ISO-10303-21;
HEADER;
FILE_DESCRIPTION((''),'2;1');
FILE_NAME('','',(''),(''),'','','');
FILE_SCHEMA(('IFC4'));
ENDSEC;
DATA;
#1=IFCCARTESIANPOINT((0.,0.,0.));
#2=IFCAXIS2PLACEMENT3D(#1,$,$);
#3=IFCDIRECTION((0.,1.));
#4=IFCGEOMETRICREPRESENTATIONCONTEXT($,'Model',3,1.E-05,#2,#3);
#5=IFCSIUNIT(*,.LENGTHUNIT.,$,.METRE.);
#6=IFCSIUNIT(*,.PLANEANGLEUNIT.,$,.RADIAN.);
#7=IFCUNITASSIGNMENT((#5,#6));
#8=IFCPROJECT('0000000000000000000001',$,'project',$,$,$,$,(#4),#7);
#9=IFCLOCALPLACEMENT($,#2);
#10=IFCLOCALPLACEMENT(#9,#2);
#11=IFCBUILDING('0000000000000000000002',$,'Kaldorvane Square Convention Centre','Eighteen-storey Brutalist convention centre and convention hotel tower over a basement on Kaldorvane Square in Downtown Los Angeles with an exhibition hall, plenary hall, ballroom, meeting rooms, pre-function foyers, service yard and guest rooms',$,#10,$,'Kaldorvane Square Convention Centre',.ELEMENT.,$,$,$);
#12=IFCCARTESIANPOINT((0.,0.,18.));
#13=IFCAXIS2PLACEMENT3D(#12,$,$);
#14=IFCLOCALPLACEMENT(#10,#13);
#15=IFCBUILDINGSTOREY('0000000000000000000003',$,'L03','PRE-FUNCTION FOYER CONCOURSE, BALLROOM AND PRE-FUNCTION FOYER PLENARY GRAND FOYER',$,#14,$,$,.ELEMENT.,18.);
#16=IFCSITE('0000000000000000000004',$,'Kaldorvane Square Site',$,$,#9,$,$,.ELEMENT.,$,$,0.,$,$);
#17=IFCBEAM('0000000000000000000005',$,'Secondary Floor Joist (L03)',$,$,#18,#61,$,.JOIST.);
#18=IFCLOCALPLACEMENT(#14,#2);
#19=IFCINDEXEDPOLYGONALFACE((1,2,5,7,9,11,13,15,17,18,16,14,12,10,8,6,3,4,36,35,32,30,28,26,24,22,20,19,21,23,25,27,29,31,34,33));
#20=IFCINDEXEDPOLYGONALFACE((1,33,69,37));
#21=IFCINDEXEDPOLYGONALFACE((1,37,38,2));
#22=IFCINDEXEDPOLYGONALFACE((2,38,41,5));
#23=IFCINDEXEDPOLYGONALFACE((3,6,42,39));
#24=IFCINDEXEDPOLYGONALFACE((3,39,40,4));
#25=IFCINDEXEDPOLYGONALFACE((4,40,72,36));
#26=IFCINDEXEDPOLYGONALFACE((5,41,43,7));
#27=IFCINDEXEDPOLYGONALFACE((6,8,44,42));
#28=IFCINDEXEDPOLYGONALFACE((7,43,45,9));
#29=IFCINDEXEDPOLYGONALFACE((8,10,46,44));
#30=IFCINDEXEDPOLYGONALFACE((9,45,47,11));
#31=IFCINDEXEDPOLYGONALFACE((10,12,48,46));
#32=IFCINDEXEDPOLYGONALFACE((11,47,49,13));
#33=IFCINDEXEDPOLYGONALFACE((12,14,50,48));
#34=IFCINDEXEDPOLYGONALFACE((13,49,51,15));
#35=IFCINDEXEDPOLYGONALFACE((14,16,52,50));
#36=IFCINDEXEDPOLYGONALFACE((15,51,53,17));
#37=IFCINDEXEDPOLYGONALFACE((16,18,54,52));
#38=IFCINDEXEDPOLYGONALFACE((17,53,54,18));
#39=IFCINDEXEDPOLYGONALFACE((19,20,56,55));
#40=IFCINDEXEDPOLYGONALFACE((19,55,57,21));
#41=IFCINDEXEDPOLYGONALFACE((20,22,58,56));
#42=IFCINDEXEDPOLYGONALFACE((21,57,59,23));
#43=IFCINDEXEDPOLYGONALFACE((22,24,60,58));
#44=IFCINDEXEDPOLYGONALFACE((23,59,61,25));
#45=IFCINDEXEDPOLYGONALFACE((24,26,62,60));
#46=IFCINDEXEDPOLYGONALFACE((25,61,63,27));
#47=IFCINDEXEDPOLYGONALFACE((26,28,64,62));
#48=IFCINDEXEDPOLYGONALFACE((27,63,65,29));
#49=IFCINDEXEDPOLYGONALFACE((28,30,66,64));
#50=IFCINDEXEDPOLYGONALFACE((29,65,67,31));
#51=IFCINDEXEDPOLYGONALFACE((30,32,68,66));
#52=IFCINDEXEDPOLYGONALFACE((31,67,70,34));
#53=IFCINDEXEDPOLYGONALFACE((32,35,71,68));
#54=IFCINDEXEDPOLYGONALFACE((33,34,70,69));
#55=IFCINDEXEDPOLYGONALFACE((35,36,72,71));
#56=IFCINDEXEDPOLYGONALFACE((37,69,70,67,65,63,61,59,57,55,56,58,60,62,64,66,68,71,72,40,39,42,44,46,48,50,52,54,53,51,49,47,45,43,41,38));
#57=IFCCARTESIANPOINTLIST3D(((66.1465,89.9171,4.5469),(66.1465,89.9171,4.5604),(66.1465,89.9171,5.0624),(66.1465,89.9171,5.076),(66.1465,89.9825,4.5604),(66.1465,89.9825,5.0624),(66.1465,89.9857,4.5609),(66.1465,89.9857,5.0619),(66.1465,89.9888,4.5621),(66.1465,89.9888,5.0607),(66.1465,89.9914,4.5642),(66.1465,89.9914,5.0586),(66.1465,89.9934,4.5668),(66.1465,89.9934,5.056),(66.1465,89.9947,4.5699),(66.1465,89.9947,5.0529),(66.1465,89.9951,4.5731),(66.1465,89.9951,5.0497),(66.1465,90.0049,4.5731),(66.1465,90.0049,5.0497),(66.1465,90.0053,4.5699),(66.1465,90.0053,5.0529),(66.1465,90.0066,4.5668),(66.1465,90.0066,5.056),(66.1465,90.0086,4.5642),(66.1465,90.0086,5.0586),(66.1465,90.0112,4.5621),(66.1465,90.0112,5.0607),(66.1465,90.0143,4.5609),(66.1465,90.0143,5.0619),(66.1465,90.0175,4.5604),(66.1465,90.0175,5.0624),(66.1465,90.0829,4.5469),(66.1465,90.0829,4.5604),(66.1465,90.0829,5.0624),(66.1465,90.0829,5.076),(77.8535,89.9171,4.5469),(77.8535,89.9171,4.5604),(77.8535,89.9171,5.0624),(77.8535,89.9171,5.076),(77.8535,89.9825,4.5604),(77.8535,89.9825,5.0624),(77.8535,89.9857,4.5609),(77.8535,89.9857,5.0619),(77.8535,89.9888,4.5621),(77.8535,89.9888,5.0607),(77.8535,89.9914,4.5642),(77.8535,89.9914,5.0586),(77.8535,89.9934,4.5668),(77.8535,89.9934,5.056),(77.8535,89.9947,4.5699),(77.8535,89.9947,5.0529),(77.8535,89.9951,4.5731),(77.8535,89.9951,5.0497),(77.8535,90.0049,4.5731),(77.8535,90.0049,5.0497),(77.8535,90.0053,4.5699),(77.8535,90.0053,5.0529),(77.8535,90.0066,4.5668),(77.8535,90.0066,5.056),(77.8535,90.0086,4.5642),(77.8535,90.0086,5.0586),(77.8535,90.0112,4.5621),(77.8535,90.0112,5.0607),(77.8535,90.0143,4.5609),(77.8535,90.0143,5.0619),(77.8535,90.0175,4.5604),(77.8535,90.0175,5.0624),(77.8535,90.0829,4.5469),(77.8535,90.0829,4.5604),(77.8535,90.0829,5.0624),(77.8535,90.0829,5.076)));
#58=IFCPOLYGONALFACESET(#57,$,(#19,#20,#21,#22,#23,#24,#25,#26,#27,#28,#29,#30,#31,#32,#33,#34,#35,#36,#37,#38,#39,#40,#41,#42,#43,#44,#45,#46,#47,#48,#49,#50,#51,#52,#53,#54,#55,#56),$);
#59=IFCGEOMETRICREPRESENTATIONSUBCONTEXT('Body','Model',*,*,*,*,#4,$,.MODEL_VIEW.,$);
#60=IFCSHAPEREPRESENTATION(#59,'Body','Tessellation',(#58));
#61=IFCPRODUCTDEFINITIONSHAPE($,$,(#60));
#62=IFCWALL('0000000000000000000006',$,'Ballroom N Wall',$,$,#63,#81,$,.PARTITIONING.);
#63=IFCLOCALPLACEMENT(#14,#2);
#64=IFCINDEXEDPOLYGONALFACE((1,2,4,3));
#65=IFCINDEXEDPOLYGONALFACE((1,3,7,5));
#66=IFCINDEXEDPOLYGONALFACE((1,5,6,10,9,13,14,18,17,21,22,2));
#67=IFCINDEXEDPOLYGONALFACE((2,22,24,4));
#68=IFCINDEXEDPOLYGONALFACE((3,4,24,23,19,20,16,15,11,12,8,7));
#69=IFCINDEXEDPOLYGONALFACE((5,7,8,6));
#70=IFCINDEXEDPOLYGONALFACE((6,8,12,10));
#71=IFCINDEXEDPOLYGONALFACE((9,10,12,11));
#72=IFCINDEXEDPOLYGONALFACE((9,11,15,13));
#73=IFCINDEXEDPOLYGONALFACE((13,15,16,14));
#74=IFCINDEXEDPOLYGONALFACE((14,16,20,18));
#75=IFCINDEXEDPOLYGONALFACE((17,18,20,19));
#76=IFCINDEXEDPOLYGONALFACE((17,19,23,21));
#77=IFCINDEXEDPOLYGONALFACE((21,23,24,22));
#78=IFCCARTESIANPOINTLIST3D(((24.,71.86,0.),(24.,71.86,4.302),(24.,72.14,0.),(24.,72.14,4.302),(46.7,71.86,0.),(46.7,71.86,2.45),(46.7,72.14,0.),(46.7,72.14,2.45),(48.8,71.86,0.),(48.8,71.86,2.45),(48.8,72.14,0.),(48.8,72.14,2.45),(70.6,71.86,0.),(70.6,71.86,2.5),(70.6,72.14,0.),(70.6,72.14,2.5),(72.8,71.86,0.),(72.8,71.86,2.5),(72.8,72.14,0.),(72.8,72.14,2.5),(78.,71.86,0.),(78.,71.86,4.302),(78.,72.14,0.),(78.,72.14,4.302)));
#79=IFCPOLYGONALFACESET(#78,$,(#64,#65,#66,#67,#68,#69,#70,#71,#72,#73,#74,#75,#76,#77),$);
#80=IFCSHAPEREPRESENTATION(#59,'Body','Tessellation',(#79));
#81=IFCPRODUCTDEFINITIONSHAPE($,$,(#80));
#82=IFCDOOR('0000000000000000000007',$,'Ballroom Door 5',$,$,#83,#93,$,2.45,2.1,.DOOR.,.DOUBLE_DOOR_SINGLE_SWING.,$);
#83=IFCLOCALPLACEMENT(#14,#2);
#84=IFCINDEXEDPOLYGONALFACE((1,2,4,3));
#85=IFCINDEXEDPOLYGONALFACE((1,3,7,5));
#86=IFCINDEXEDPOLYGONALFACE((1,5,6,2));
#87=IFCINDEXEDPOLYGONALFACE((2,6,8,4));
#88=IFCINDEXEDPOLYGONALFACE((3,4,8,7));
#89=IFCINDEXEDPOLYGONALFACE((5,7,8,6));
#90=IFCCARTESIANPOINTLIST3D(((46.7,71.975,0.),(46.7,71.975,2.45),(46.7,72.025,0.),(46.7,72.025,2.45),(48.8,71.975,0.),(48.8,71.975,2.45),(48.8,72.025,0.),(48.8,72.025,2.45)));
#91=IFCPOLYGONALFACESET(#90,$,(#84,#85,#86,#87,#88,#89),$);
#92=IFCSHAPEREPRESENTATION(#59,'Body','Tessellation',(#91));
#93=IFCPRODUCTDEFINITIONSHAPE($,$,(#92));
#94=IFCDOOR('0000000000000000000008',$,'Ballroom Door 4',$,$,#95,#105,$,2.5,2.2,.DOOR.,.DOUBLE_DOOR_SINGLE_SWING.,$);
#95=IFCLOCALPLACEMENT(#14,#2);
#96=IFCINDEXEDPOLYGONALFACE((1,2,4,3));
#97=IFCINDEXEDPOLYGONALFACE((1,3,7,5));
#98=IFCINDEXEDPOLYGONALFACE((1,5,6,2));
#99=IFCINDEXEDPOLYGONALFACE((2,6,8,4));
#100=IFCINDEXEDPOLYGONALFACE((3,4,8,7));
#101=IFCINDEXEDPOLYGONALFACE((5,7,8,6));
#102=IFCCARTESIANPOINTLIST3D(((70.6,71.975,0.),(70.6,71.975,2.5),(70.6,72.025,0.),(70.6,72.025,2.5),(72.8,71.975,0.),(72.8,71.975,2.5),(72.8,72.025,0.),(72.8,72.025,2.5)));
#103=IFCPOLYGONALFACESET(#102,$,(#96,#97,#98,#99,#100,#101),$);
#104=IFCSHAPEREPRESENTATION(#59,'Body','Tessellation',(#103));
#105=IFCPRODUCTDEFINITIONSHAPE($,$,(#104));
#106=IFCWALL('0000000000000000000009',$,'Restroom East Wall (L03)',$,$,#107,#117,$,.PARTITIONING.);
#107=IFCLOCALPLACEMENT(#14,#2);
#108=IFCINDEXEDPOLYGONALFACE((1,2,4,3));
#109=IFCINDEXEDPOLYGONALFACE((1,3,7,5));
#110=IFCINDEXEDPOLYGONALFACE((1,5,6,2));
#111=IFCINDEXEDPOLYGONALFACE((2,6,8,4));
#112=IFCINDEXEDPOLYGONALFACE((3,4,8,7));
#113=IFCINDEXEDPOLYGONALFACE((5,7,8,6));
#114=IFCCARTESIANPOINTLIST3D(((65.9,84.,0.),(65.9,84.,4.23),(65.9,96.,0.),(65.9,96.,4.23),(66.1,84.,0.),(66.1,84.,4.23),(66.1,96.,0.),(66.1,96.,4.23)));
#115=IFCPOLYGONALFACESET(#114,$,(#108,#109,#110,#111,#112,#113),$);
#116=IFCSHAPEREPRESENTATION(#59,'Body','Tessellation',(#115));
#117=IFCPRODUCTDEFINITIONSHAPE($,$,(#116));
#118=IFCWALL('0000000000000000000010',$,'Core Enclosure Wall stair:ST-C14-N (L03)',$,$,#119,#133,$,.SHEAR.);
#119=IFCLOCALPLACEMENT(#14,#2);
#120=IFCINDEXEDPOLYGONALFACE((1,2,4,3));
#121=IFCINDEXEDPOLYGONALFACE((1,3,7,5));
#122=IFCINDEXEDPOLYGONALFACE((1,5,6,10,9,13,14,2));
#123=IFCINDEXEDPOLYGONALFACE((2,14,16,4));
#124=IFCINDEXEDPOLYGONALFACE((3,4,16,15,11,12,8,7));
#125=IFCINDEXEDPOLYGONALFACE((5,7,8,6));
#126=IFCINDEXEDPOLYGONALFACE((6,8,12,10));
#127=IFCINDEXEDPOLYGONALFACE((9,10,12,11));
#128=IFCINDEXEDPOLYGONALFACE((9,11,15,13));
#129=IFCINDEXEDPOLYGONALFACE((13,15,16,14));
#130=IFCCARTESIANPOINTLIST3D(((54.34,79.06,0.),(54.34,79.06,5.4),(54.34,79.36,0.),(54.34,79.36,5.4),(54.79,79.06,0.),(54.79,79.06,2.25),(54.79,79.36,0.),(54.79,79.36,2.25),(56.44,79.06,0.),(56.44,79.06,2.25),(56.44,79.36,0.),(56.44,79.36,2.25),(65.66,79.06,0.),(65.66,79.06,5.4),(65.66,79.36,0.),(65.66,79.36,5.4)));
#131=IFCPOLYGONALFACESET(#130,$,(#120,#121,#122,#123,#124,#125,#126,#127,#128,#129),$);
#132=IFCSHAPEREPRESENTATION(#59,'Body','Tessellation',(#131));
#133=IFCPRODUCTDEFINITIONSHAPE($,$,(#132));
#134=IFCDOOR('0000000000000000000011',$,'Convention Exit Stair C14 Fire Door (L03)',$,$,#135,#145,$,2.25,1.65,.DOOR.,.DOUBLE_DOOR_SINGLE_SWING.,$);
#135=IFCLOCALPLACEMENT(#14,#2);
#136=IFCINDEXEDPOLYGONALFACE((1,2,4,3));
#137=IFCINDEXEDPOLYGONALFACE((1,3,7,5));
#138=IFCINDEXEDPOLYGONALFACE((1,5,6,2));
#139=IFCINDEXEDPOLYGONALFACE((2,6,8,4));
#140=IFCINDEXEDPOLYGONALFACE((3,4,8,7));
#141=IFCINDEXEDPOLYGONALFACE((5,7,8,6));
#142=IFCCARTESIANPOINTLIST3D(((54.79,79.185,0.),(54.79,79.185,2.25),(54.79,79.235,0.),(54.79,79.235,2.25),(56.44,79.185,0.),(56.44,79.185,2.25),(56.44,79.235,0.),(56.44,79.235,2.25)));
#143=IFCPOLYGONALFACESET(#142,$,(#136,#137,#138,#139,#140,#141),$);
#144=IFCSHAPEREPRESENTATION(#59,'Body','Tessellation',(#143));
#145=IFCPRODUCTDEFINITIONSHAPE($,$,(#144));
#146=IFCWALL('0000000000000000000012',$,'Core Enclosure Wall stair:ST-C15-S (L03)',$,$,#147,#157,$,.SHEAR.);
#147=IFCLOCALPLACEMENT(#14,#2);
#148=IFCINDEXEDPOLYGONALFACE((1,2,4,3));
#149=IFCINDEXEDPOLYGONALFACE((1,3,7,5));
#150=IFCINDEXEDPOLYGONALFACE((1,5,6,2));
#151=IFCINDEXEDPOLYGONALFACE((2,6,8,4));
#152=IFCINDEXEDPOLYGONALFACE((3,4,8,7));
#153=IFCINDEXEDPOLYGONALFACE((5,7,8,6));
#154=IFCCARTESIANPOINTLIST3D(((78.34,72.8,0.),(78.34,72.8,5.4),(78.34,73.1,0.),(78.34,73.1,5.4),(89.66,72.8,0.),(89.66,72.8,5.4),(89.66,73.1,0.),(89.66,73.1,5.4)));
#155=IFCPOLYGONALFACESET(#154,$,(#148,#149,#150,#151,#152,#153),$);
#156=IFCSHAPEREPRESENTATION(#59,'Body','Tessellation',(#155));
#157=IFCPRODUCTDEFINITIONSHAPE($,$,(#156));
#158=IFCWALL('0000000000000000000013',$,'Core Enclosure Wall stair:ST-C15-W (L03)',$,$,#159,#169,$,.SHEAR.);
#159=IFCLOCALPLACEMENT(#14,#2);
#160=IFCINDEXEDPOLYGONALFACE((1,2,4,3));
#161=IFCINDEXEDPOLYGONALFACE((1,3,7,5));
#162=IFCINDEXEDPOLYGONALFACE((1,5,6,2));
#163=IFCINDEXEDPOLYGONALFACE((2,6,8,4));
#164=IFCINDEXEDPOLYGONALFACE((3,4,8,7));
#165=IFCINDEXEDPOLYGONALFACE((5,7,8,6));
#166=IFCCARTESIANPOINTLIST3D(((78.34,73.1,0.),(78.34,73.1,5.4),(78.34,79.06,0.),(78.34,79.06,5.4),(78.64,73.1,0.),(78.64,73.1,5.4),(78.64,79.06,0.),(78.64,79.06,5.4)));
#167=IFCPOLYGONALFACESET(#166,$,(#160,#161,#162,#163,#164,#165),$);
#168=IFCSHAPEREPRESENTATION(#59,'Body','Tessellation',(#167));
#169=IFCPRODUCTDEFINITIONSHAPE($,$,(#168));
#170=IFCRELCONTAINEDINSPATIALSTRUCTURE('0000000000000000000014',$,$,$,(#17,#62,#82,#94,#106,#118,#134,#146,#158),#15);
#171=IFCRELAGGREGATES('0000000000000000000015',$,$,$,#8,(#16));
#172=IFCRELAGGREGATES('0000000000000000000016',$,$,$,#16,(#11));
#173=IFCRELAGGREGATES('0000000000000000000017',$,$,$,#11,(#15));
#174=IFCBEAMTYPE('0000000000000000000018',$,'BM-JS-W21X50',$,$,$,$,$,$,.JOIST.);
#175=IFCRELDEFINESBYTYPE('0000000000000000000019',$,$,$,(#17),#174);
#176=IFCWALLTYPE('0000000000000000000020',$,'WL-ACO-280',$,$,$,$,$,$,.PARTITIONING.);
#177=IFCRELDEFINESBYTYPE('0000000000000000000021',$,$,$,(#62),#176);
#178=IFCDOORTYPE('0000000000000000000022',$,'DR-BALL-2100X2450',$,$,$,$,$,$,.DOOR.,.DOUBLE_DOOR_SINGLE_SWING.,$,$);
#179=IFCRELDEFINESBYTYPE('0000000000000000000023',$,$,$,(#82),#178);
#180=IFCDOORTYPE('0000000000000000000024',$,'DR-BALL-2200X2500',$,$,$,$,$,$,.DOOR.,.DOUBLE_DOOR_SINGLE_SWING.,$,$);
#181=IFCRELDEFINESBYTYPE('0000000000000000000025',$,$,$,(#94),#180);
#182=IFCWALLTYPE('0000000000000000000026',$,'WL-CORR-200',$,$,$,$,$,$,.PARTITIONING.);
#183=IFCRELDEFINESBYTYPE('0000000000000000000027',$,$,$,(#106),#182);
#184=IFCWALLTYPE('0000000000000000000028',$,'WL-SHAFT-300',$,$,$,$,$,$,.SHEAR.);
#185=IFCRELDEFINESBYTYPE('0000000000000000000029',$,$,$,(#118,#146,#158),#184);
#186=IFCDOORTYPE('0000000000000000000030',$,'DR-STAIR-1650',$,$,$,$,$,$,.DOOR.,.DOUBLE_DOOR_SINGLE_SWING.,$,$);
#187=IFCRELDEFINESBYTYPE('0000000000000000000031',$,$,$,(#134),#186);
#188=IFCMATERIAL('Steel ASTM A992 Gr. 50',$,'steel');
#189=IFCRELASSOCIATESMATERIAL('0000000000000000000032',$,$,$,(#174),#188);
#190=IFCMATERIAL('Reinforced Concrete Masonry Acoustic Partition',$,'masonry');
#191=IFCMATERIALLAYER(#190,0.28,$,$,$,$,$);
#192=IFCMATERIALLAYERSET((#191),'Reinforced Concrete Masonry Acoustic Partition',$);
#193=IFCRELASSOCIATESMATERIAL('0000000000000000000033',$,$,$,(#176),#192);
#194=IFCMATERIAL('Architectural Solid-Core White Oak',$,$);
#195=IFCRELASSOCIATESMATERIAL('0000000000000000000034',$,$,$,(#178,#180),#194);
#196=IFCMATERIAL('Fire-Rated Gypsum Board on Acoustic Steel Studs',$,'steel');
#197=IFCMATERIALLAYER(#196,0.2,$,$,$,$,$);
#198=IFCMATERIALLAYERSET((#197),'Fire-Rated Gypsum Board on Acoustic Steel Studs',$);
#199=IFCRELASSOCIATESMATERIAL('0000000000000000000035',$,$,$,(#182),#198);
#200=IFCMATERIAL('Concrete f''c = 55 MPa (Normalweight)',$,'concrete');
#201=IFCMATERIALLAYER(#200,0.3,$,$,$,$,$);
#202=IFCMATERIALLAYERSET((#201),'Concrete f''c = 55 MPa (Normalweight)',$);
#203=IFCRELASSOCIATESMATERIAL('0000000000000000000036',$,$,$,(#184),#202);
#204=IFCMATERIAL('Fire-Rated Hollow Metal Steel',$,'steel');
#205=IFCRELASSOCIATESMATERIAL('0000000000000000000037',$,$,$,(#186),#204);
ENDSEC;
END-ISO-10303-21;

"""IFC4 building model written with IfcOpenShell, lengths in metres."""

from ifc_helpers import new_model, si_unit, direction, frame, frame_2d, origin, origin_2d, place, context, subcontext, project, spatial, rectangle, i_section, extrude, material, layer, layer_set, material_profile, profile_set, type_object, element, fill, save


model = new_model("IFC4")

# Units and contexts
model_context = context("Model", 3, precision=1e-05, world=origin(), true_north=direction((0.0, 1.0)))
body_context = subcontext(model_context, "Body", "Model", "MODEL_VIEW")
ifc_project = project(units=[si_unit("LENGTHUNIT", "METRE"), si_unit("PLANEANGLEUNIT", "RADIAN")], contexts=[model_context])

# Site, building, storey
site_placement = place(None, origin())
site = spatial("IfcSite", under=ifc_project, at=site_placement, Name="Kaldorvane Square Site", CompositionType="ELEMENT", RefElevation=0.0)
building_placement = place(site_placement, origin())
building = spatial("IfcBuilding", under=site, at=building_placement, Name="Kaldorvane Square Convention Centre", Description="Eighteen-storey Brutalist convention centre and convention hotel tower over a basement on Kaldorvane Square in Downtown Los Angeles with an exhibition hall, plenary hall, ballroom, meeting rooms, pre-function foyers, service yard and guest rooms", LongName="Kaldorvane Square Convention Centre", CompositionType="ELEMENT")
storey_placement = place(building_placement, frame((0.0, 0.0, 18.0)))
storey = spatial("IfcBuildingStorey", under=building, at=storey_placement, Name="L03", Description="PRE-FUNCTION FOYER CONCOURSE, BALLROOM AND PRE-FUNCTION FOYER PLENARY GRAND FOYER", CompositionType="ELEMENT", Elevation=18.0)

# Shared definitions
ifc_material_1 = material(Name="Concrete f'c = 55 MPa (Normalweight)", Category="concrete")
ifc_material_2 = material(Name="Steel ASTM A992 Gr. 50", Category="steel")

# Beam
ifc_material_profile_1 = material_profile(ifc_material_2, i_section(OverallWidth=0.1659, OverallDepth=0.5291, WebThickness=0.0097, FlangeThickness=0.0136, FilletRadius=0.0127, at=origin_2d()), Name="W21X50")
ifc_profile_set_1 = profile_set([ifc_material_profile_1], Name="Steel ASTM A992 Gr. 50")
beam_type_1 = type_object("IfcBeamType", Name="BM-JS-W21X50", PredefinedType="JOIST", material=ifc_profile_set_1)
beam_1_placement = place(storey_placement, frame((66.1465, 90.0, 4.8114), z_axis=(1.0, 0.0, 0.0), x_axis=(0.0, 1.0, 0.0)))
element("IfcBeam", 1, at=beam_1_placement, inside=storey, type_object=beam_type_1, Name="Secondary Floor Joist (L03)", PredefinedType="JOIST", context=body_context, shape_type="SweptSolid", body=[
    extrude(i_section(OverallWidth=0.1659, OverallDepth=0.5291, WebThickness=0.0097, FlangeThickness=0.0136, FilletRadius=0.0127, at=origin_2d()), origin(), (0.0, 0.0, 1.0), 11.707),
])

# Wall, openings, doors
ifc_material_3 = material(Name="Reinforced Concrete Masonry Acoustic Partition", Category="masonry")
ifc_layer_1 = layer(ifc_material_3, 0.28)
ifc_layer_set_1 = layer_set([ifc_layer_1], Name="Reinforced Concrete Masonry Acoustic Partition")
wall_type_1 = type_object("IfcWallType", Name="WL-ACO-280", PredefinedType="PARTITIONING", material=ifc_layer_set_1)
wall_1_placement = place(storey_placement, frame((78.0, 72.0, 0.0), z_axis=(0.0, 0.0, 1.0), x_axis=(-1.0, 0.0, 0.0)))
wall_1 = element("IfcWall", 2, at=wall_1_placement, inside=storey, type_object=wall_type_1, Name="Ballroom N Wall", PredefinedType="PARTITIONING", context=body_context, shape_type="SweptSolid", body=[
    extrude(rectangle(XDim=54.0, YDim=0.28, at=frame_2d((27.0, 0.0))), origin(), (0.0, 0.0, 1.0), 4.302),
])
opening_1_placement = place(wall_1_placement, frame((5.2, 0.0, 0.0)))
opening_1 = element("IfcOpeningElement", 3, at=opening_1_placement, cuts=wall_1, PredefinedType="OPENING", context=body_context, shape_type="SweptSolid", body=[
    extrude(rectangle(XDim=2.2, YDim=2.5, at=frame_2d((1.1, 1.25))), frame((0.0, 0.155, 0.0), z_axis=(0.0, -1.0, 0.0), x_axis=(1.0, 0.0, 0.0)), (0.0, 0.0, 1.0), 0.31),
])
opening_2_placement = place(wall_1_placement, frame((29.2, 0.0, 0.0)))
opening_2 = element("IfcOpeningElement", 4, at=opening_2_placement, cuts=wall_1, PredefinedType="OPENING", context=body_context, shape_type="SweptSolid", body=[
    extrude(rectangle(XDim=2.1, YDim=2.45, at=frame_2d((1.05, 1.225))), frame((0.0, 0.155, 0.0), z_axis=(0.0, -1.0, 0.0), x_axis=(1.0, 0.0, 0.0)), (0.0, 0.0, 1.0), 0.31),
])
ifc_material_4 = material(Name="Architectural Solid-Core White Oak")
door_type_1 = type_object("IfcDoorType", Name="DR-BALL-2100X2450", OperationType="DOUBLE_DOOR_SINGLE_SWING", PredefinedType="DOOR", material=ifc_material_4)
door_1_placement = place(opening_2_placement, origin())
door_1 = element("IfcDoor", 5, at=door_1_placement, inside=storey, type_object=door_type_1, Name="Ballroom Door 5", OperationType="DOUBLE_DOOR_SINGLE_SWING", OverallHeight=2.45, OverallWidth=2.1, PredefinedType="DOOR", context=body_context, shape_type="SweptSolid", body=[
    extrude(rectangle(XDim=2.1, YDim=2.45, at=frame_2d((1.05, 1.225))), frame((0.0, 0.025, 0.0), z_axis=(0.0, -1.0, 0.0), x_axis=(1.0, 0.0, 0.0)), (0.0, 0.0, 1.0), 0.05),
])
fill(opening_2, door_1)
door_type_2 = type_object("IfcDoorType", Name="DR-BALL-2200X2500", OperationType="DOUBLE_DOOR_SINGLE_SWING", PredefinedType="DOOR", material=ifc_material_4)
door_2_placement = place(opening_1_placement, origin())
door_2 = element("IfcDoor", 6, at=door_2_placement, inside=storey, type_object=door_type_2, Name="Ballroom Door 4", OperationType="DOUBLE_DOOR_SINGLE_SWING", OverallHeight=2.5, OverallWidth=2.2, PredefinedType="DOOR", context=body_context, shape_type="SweptSolid", body=[
    extrude(rectangle(XDim=2.2, YDim=2.5, at=frame_2d((1.1, 1.25))), frame((0.0, 0.025, 0.0), z_axis=(0.0, -1.0, 0.0), x_axis=(1.0, 0.0, 0.0)), (0.0, 0.0, 1.0), 0.05),
])
fill(opening_1, door_2)

# Wall
ifc_material_5 = material(Name="Fire-Rated Gypsum Board on Acoustic Steel Studs", Category="steel")
ifc_layer_2 = layer(ifc_material_5, 0.2)
ifc_layer_set_2 = layer_set([ifc_layer_2], Name="Fire-Rated Gypsum Board on Acoustic Steel Studs")
wall_type_2 = type_object("IfcWallType", Name="WL-CORR-200", PredefinedType="PARTITIONING", material=ifc_layer_set_2)
wall_2_placement = place(storey_placement, frame((66.0, 84.0, 0.0), z_axis=(0.0, 0.0, 1.0), x_axis=(0.0, 1.0, 0.0)))
element("IfcWall", 7, at=wall_2_placement, inside=storey, type_object=wall_type_2, Name="Restroom East Wall (L03)", PredefinedType="PARTITIONING", context=body_context, shape_type="SweptSolid", body=[
    extrude(rectangle(XDim=12.0, YDim=0.2, at=frame_2d((6.0, 0.0))), origin(), (0.0, 0.0, 1.0), 4.23),
])

# Wall, opening, door
ifc_layer_3 = layer(ifc_material_1, 0.3)
ifc_layer_set_3 = layer_set([ifc_layer_3], Name="Concrete f'c = 55 MPa (Normalweight)")
wall_type_3 = type_object("IfcWallType", Name="WL-SHAFT-300", PredefinedType="SHEAR", material=ifc_layer_set_3)
wall_3_placement = place(storey_placement, frame((65.66, 79.21, 0.0), z_axis=(0.0, 0.0, 1.0), x_axis=(-1.0, 0.0, 0.0)))
wall_3 = element("IfcWall", 8, at=wall_3_placement, inside=storey, type_object=wall_type_3, Name="Core Enclosure Wall stair:ST-C14-N (L03)", PredefinedType="SHEAR", context=body_context, shape_type="SweptSolid", body=[
    extrude(rectangle(XDim=11.32, YDim=0.3, at=frame_2d((5.66, 0.0))), origin(), (0.0, 0.0, 1.0), 5.4),
])
opening_3_placement = place(wall_3_placement, frame((9.22, 0.0, 0.0)))
opening_3 = element("IfcOpeningElement", 9, at=opening_3_placement, cuts=wall_3, PredefinedType="OPENING", context=body_context, shape_type="SweptSolid", body=[
    extrude(rectangle(XDim=1.65, YDim=2.25, at=frame_2d((0.825, 1.125))), frame((0.0, 0.165, 0.0), z_axis=(0.0, -1.0, 0.0), x_axis=(1.0, 0.0, 0.0)), (0.0, 0.0, 1.0), 0.33),
])
ifc_material_6 = material(Name="Fire-Rated Hollow Metal Steel", Category="steel")
door_type_3 = type_object("IfcDoorType", Name="DR-STAIR-1650", OperationType="DOUBLE_DOOR_SINGLE_SWING", PredefinedType="DOOR", material=ifc_material_6)
door_3_placement = place(opening_3_placement, origin())
door_3 = element("IfcDoor", 10, at=door_3_placement, inside=storey, type_object=door_type_3, Name="Convention Exit Stair C14 Fire Door (L03)", OperationType="DOUBLE_DOOR_SINGLE_SWING", OverallHeight=2.25, OverallWidth=1.65, PredefinedType="DOOR", context=body_context, shape_type="SweptSolid", body=[
    extrude(rectangle(XDim=1.65, YDim=2.25, at=frame_2d((0.825, 1.125))), frame((0.0, 0.025, 0.0), z_axis=(0.0, -1.0, 0.0), x_axis=(1.0, 0.0, 0.0)), (0.0, 0.0, 1.0), 0.05),
])
fill(opening_3, door_3)

# Walls
wall_4_placement = place(storey_placement, frame((78.34, 72.95, 0.0), z_axis=(0.0, 0.0, 1.0), x_axis=(1.0, 0.0, 0.0)))
element("IfcWall", 11, at=wall_4_placement, inside=storey, type_object=wall_type_3, Name="Core Enclosure Wall stair:ST-C15-S (L03)", PredefinedType="SHEAR", context=body_context, shape_type="SweptSolid", body=[
    extrude(rectangle(XDim=11.32, YDim=0.3, at=frame_2d((5.66, 0.0))), origin(), (0.0, 0.0, 1.0), 5.4),
])
wall_5_placement = place(storey_placement, frame((78.49, 79.06, 0.0), z_axis=(0.0, 0.0, 1.0), x_axis=(0.0, -1.0, 0.0)))
element("IfcWall", 12, at=wall_5_placement, inside=storey, type_object=wall_type_3, Name="Core Enclosure Wall stair:ST-C15-W (L03)", PredefinedType="SHEAR", context=body_context, shape_type="SweptSolid", body=[
    extrude(rectangle(XDim=5.96, YDim=0.3, at=frame_2d((2.98, 0.0))), origin(), (0.0, 0.0, 1.0), 5.4),
])

save(model, "model.ifc")
